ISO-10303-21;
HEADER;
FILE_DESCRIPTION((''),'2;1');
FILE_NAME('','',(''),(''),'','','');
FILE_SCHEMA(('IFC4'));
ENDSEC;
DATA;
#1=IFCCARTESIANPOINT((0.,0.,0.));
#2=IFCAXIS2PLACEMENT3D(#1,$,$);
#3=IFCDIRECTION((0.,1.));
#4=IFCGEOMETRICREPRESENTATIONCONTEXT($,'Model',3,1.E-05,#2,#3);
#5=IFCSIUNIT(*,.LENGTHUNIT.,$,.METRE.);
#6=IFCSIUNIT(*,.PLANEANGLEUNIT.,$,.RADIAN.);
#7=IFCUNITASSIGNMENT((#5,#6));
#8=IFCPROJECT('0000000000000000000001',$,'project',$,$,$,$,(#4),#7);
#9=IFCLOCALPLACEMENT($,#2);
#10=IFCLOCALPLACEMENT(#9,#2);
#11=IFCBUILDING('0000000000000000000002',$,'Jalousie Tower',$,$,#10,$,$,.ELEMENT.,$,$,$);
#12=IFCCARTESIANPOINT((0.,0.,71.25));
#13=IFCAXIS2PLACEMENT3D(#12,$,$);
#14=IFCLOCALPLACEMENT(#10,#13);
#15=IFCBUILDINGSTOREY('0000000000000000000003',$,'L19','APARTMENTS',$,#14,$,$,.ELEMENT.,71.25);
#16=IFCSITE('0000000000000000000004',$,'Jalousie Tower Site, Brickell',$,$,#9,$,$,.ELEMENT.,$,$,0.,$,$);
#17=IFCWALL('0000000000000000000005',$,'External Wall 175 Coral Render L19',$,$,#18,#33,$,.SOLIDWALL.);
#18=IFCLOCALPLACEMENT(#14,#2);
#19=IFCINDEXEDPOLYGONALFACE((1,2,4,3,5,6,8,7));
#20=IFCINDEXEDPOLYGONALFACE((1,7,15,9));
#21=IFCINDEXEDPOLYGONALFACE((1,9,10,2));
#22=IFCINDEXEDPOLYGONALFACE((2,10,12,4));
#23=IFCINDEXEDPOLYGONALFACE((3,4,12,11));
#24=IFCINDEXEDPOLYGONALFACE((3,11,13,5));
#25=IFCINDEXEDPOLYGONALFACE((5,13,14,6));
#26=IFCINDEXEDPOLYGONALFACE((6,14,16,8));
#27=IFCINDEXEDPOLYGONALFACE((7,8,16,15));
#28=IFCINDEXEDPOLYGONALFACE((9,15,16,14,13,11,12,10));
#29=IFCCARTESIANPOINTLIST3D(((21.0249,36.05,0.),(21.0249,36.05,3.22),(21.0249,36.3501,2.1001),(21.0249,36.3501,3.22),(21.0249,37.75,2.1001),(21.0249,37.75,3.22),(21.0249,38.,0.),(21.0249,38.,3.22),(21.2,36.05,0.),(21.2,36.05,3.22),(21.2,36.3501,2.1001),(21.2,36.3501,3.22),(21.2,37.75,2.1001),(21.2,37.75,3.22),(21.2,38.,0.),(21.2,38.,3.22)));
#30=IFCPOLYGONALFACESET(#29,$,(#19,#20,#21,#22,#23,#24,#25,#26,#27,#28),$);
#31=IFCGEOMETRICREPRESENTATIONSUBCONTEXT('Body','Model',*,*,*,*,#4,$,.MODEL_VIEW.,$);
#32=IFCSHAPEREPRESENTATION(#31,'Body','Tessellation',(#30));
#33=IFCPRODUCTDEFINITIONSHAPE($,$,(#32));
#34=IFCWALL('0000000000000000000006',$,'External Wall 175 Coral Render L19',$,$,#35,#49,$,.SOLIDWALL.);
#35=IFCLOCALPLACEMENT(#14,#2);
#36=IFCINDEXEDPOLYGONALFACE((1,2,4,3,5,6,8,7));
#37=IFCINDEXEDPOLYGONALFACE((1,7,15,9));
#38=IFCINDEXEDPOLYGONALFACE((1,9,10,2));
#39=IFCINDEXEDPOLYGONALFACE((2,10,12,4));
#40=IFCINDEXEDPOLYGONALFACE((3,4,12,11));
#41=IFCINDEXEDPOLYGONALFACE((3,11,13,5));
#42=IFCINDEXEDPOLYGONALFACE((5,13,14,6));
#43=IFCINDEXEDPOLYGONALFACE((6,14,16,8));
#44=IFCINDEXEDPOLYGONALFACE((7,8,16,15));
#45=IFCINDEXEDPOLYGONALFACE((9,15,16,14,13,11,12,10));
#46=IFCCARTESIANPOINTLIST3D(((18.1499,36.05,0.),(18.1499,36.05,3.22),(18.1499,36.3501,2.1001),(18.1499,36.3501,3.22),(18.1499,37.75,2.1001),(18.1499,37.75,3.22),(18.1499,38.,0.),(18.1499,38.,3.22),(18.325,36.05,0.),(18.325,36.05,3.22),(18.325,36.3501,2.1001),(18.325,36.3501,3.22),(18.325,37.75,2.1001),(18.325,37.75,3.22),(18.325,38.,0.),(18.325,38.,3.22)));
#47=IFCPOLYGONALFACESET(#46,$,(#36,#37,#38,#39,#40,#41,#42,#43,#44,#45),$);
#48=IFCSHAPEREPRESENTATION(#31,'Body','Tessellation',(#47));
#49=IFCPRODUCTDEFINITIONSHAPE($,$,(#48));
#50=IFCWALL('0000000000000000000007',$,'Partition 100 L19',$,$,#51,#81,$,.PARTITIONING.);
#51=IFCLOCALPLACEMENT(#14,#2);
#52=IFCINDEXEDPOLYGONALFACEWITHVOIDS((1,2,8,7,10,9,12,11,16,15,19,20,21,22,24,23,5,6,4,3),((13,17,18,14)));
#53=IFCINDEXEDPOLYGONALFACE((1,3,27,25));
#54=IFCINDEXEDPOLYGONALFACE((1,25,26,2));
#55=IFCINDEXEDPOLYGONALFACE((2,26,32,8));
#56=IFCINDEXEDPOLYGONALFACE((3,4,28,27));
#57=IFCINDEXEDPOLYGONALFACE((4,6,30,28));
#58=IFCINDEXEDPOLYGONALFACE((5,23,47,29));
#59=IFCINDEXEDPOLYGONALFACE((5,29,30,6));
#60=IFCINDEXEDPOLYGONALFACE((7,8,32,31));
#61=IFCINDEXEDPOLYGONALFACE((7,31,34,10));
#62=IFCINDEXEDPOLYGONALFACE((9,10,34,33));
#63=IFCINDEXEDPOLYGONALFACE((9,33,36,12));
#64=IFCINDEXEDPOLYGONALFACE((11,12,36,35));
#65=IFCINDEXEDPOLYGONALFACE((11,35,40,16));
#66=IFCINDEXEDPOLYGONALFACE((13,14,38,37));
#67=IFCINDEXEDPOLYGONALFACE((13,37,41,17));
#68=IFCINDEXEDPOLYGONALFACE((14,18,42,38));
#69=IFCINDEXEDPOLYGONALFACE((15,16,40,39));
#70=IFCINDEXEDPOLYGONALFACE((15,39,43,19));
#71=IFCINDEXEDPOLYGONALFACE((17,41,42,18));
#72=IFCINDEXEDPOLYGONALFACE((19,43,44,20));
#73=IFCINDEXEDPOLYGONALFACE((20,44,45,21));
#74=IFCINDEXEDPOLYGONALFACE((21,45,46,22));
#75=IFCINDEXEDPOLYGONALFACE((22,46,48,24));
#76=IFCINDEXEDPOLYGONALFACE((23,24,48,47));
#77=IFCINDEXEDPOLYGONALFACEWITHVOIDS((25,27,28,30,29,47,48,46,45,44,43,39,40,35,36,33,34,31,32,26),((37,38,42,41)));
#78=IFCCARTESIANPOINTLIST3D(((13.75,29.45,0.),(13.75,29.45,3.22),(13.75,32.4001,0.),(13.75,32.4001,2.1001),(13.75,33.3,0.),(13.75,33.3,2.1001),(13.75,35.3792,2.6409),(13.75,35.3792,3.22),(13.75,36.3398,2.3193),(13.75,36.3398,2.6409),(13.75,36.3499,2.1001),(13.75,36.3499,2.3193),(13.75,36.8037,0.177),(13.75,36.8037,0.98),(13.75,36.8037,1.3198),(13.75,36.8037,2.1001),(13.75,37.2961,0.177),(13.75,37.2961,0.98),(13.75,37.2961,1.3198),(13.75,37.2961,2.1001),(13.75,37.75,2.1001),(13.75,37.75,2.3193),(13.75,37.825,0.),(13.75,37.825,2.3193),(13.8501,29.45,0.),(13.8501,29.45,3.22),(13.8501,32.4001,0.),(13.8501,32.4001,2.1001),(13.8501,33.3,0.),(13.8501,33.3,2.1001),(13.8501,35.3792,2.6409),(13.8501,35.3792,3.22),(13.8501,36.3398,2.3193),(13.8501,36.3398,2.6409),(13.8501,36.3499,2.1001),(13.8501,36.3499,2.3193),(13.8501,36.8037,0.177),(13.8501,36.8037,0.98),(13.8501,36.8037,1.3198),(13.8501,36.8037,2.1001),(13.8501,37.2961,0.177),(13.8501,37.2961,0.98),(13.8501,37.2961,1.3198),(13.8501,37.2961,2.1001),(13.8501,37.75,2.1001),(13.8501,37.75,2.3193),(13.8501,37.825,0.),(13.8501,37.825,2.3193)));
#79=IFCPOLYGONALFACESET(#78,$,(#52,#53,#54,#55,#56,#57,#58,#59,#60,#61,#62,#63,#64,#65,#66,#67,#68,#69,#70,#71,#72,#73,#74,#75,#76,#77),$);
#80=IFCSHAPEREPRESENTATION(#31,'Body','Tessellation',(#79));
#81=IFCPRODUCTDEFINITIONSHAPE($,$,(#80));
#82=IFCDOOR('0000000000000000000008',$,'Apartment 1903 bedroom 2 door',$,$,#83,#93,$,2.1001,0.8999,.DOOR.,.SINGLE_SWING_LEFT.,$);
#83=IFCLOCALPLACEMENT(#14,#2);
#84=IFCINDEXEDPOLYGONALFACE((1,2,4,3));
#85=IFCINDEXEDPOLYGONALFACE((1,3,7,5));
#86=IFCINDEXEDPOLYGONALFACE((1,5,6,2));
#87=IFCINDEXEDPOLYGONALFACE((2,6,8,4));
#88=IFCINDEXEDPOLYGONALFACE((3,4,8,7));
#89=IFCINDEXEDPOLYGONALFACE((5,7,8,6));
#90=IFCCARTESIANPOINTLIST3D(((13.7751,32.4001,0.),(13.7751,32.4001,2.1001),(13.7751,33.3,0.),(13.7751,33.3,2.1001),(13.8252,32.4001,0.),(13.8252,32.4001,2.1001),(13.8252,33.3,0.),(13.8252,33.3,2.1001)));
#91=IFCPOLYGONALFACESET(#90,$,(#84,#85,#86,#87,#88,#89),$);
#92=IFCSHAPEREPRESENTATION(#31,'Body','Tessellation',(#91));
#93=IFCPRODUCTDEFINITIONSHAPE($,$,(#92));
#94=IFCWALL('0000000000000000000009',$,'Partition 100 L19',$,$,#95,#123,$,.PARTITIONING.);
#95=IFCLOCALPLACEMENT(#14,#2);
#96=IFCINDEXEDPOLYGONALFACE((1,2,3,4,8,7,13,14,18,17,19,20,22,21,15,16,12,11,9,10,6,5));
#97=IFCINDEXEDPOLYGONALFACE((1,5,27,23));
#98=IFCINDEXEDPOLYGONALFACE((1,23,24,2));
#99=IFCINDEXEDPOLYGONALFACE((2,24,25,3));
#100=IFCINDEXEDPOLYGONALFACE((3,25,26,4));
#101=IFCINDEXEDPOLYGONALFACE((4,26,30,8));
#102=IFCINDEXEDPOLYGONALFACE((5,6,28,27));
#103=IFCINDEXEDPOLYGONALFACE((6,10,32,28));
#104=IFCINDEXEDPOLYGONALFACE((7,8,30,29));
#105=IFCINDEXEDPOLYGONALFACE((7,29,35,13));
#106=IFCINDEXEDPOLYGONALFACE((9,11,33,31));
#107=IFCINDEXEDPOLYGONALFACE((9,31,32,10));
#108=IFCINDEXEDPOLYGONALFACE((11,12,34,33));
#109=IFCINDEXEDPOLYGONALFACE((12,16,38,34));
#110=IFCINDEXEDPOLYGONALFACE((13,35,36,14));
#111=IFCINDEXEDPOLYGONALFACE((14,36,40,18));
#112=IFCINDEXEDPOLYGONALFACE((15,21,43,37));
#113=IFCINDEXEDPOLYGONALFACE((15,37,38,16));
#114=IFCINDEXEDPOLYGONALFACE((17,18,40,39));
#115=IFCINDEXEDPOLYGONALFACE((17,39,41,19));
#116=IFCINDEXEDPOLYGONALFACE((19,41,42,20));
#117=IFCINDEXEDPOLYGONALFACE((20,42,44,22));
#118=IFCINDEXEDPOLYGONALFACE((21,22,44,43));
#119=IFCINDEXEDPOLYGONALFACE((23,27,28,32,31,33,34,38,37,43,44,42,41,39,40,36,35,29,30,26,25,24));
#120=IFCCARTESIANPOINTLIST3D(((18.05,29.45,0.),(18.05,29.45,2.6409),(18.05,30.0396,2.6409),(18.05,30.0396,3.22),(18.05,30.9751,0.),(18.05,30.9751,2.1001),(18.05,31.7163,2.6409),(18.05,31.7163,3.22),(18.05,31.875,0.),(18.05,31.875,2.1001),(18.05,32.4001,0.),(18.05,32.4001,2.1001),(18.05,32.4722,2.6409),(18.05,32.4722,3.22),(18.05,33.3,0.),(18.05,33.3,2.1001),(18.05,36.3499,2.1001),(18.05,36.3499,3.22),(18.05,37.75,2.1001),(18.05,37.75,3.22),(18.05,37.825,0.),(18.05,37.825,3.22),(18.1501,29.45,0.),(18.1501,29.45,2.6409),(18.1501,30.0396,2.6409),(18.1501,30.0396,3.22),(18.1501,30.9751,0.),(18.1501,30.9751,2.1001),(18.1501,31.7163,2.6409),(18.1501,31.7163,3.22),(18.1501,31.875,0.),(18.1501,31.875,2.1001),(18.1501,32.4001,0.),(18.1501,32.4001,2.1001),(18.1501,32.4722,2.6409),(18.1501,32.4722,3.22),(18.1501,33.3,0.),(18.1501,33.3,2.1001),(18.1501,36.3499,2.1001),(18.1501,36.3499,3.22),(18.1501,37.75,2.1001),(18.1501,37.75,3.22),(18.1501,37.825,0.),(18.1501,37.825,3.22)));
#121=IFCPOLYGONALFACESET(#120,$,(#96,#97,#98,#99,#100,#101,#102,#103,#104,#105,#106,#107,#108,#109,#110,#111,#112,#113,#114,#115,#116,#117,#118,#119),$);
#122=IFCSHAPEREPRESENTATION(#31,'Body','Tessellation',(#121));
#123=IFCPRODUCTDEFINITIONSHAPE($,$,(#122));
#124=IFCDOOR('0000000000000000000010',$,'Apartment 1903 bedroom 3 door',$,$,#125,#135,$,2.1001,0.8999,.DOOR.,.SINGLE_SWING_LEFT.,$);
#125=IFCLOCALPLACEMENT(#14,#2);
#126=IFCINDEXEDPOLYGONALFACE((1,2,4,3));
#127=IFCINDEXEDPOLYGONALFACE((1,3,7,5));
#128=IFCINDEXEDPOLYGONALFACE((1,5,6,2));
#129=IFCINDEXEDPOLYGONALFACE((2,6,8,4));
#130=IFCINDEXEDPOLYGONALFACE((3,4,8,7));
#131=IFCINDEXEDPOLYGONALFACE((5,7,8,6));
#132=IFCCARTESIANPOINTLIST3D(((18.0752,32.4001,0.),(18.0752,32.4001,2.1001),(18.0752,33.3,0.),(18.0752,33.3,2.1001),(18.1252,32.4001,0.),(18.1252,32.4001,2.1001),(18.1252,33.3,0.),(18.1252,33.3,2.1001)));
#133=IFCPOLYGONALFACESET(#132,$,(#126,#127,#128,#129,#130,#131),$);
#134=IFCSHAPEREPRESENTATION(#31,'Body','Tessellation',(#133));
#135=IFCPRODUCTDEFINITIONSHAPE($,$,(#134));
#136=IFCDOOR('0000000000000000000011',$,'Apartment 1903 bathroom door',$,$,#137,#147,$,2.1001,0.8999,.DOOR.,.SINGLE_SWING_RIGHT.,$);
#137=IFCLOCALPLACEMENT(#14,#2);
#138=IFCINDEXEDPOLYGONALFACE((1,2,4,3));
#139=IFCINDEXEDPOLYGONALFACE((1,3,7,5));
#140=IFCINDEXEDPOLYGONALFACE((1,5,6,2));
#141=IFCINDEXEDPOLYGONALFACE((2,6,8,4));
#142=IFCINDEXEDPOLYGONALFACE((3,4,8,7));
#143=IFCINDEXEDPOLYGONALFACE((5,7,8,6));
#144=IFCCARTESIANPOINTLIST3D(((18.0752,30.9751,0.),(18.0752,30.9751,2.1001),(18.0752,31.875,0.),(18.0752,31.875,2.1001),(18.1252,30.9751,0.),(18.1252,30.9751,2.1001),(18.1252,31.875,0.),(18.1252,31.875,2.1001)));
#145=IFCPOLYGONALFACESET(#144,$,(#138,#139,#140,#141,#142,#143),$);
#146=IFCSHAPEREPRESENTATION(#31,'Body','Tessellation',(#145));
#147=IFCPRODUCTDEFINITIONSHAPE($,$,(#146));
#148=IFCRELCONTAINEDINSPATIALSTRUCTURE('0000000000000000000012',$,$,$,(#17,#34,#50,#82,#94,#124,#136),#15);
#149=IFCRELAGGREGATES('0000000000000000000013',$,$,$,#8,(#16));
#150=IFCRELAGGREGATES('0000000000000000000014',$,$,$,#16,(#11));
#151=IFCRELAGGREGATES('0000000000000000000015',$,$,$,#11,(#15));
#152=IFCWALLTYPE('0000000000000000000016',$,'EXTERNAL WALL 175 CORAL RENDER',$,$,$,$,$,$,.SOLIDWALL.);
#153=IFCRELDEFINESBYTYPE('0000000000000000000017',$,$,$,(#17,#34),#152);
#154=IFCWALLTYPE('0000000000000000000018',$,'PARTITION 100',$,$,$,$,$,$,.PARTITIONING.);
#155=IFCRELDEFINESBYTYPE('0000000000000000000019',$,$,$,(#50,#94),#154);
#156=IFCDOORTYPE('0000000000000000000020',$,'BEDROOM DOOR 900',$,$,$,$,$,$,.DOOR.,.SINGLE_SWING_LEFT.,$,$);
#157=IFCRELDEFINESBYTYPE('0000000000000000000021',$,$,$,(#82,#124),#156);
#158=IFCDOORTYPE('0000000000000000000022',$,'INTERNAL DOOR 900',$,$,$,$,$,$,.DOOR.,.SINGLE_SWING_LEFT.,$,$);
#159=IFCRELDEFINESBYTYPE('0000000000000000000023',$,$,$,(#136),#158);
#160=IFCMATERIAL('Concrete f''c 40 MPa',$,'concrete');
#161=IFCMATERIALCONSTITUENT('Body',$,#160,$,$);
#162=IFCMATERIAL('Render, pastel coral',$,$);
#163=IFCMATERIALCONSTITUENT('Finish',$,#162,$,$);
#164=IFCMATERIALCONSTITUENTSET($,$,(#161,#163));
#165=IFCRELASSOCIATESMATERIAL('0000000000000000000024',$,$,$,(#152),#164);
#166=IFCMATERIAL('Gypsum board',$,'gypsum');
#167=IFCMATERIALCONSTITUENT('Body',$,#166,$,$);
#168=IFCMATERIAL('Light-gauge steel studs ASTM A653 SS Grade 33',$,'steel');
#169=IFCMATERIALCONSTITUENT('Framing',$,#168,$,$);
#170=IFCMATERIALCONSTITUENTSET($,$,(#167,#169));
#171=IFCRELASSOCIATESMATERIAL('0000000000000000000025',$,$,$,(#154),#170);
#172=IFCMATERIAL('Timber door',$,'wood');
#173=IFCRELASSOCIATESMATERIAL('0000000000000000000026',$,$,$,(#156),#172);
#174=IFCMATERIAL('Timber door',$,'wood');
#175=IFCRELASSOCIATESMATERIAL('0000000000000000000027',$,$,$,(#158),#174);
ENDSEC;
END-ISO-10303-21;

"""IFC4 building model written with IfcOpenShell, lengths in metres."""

from ifc_helpers import new_model, si_unit, direction, frame, frame_2d, origin, place, context, subcontext, project, spatial, polyline, rectangle, outline, extrude, material, constituent, constituent_set, type_object, element, fill, save


model = new_model("IFC4")

# Units and contexts
model_context = context("Model", 3, precision=1e-05, world=origin(), true_north=direction((0.0, 1.0)))
body_context = subcontext(model_context, "Body", "Model", "MODEL_VIEW")
ifc_project = project(units=[si_unit("LENGTHUNIT", "METRE"), si_unit("PLANEANGLEUNIT", "RADIAN")], contexts=[model_context])

# Site, building, storey
site_placement = place(None, origin())
site = spatial("IfcSite", under=ifc_project, at=site_placement, Name="Jalousie Tower Site, Brickell", CompositionType="ELEMENT", RefElevation=0.0)
building_placement = place(site_placement, origin())
building = spatial("IfcBuilding", under=site, at=building_placement, Name="Jalousie Tower", CompositionType="ELEMENT")
storey_placement = place(building_placement, frame((0.0, 0.0, 71.25)))
storey = spatial("IfcBuildingStorey", under=building, at=storey_placement, Name="L19", Description="APARTMENTS", CompositionType="ELEMENT", Elevation=71.25)

# Shared definitions
ifc_material_1 = material(Name="Concrete f'c 40 MPa", Category="concrete")
ifc_constituent_1 = constituent(ifc_material_1, Name="Body")
ifc_material_2 = material(Name="Render, pastel coral")
ifc_constituent_2 = constituent(ifc_material_2, Name="Finish")
ifc_constituent_set_1 = constituent_set(constituents=[ifc_constituent_1, ifc_constituent_2])
wall_type_1 = type_object("IfcWallType", Name="EXTERNAL WALL 175 CORAL RENDER", PredefinedType="SOLIDWALL", material=ifc_constituent_set_1)

# Walls
for number, where, z_axis, x_axis, name in (
    (1, (21.1125, 38.0, 0.0), (0.0, 0.0, 1.0), (0.0, -1.0, 0.0), "External Wall 175 Coral Render L19"),
    (2, (18.2375, 38.0, 0.0), (0.0, 0.0, 1.0), (0.0, -1.0, 0.0), "External Wall 175 Coral Render L19"),
):
    element("IfcWall", number, at=place(storey_placement, frame(where, z_axis=z_axis, x_axis=x_axis)), inside=storey, type_object=wall_type_1, Name=name, PredefinedType="SOLIDWALL", context=body_context, shape_type="SweptSolid", body=[
        extrude(outline(polyline([(0.0, 0.0), (1.95, 0.0), (1.95, 3.22), (1.6499, 3.22), (1.6499, 2.1001), (0.25, 2.1001), (0.25, 3.22), (0.0, 3.22), (0.0, 0.0)])), frame((0.0, 0.0874, 0.0), z_axis=(0.0, -1.0, 0.0), x_axis=(1.0, 0.0, 0.0)), (0.0, 0.0, 1.0), 0.175),
    ])

# Wall, opening, door
ifc_material_3 = material(Name="Gypsum board", Category="gypsum")
ifc_constituent_3 = constituent(ifc_material_3, Name="Body")
ifc_material_4 = material(Name="Light-gauge steel studs ASTM A653 SS Grade 33", Category="steel")
ifc_constituent_4 = constituent(ifc_material_4, Name="Framing")
ifc_constituent_set_2 = constituent_set(constituents=[ifc_constituent_3, ifc_constituent_4])
wall_type_2 = type_object("IfcWallType", Name="PARTITION 100", PredefinedType="PARTITIONING", material=ifc_constituent_set_2)
wall_1_placement = place(storey_placement, frame((13.8, 37.825, 0.0), z_axis=(0.0, 0.0, 1.0), x_axis=(0.0, -1.0, 0.0)))
wall_1 = element("IfcWall", 3, at=wall_1_placement, inside=storey, type_object=wall_type_2, Name="Partition 100 L19", PredefinedType="PARTITIONING", context=body_context, shape_type="SweptSolid", body=[
    extrude(outline(polyline([(8.375, 0.0), (8.375, 3.22), (2.4458, 3.22), (2.4458, 2.6409), (1.4851, 2.6409), (1.4851, 2.3193), (1.4751, 2.3193), (1.4751, 2.1001), (1.0212, 2.1001), (1.0212, 1.3198), (0.5288, 1.3198), (0.5288, 2.1001), (0.075, 2.1001), (0.075, 2.3193), (0.0, 2.3193), (0.0, 0.0), (8.375, 0.0)]), holes=[polyline([(0.5288, 0.177), (0.5288, 0.98), (1.0212, 0.98), (1.0212, 0.177), (0.5288, 0.177)])]), frame((0.0, 0.05, 0.0), z_axis=(0.0, -1.0, 0.0), x_axis=(1.0, 0.0, 0.0)), (0.0, 0.0, 1.0), 0.1001),
])
opening_1_placement = place(wall_1_placement, frame((4.5249, 0.0, 0.0)))
opening_1 = element("IfcOpeningElement", 4, at=opening_1_placement, cuts=wall_1, PredefinedType="OPENING", context=body_context, shape_type="SweptSolid", body=[
    extrude(rectangle(XDim=0.8999, YDim=2.1001, at=frame_2d((0.45, 1.05))), frame((0.0, 0.0601, 0.0), z_axis=(0.0, -1.0, 0.0), x_axis=(1.0, 0.0, 0.0)), (0.0, 0.0, 1.0), 0.1201),
])
ifc_material_5 = material(Name="Timber door", Category="wood")
door_type_1 = type_object("IfcDoorType", Name="BEDROOM DOOR 900", OperationType="SINGLE_SWING_LEFT", PredefinedType="DOOR", material=ifc_material_5)
door_1_placement = place(opening_1_placement, frame((0.8999, 0.0, 0.0), z_axis=(0.0, 0.0, 1.0), x_axis=(-1.0, 0.0, 0.0)))
door_1 = element("IfcDoor", 5, at=door_1_placement, inside=storey, type_object=door_type_1, Name="Apartment 1903 bedroom 2 door", OperationType="SINGLE_SWING_LEFT", OverallHeight=2.1001, OverallWidth=0.8999, PredefinedType="DOOR", context=body_context, shape_type="SweptSolid", body=[
    extrude(rectangle(XDim=0.8999, YDim=2.1001, at=frame_2d((0.45, 1.05))), frame((0.0, 0.0249, 0.0), z_axis=(0.0, -1.0, 0.0), x_axis=(1.0, 0.0, 0.0)), (0.0, 0.0, 1.0), 0.05),
])
fill(opening_1, door_1)

# Wall, openings, doors
wall_2_placement = place(storey_placement, frame((18.1001, 37.825, 0.0), z_axis=(0.0, 0.0, 1.0), x_axis=(0.0, -1.0, 0.0)))
wall_2 = element("IfcWall", 6, at=wall_2_placement, inside=storey, type_object=wall_type_2, Name="Partition 100 L19", PredefinedType="PARTITIONING", context=body_context, shape_type="SweptSolid", body=[
    extrude(outline(polyline([(0.0, 0.0), (8.375, 0.0), (8.375, 2.6409), (7.7854, 2.6409), (7.7854, 3.22), (6.1086, 3.22), (6.1086, 2.6409), (5.3528, 2.6409), (5.3528, 3.22), (1.4751, 3.22), (1.4751, 2.1001), (0.075, 2.1001), (0.075, 3.22), (0.0, 3.22), (0.0, 0.0)])), frame((0.0, 0.05, 0.0), z_axis=(0.0, -1.0, 0.0), x_axis=(1.0, 0.0, 0.0)), (0.0, 0.0, 1.0), 0.1001),
])
opening_2_placement = place(wall_2_placement, frame((4.5249, 0.0, 0.0)))
opening_2 = element("IfcOpeningElement", 7, at=opening_2_placement, cuts=wall_2, PredefinedType="OPENING", context=body_context, shape_type="SweptSolid", body=[
    extrude(rectangle(XDim=0.8999, YDim=2.1001, at=frame_2d((0.45, 1.05))), frame((0.0, 0.0601, 0.0), z_axis=(0.0, -1.0, 0.0), x_axis=(1.0, 0.0, 0.0)), (0.0, 0.0, 1.0), 0.1201),
])
opening_3_placement = place(wall_2_placement, frame((5.95, 0.0, 0.0)))
opening_3 = element("IfcOpeningElement", 8, at=opening_3_placement, cuts=wall_2, PredefinedType="OPENING", context=body_context, shape_type="SweptSolid", body=[
    extrude(rectangle(XDim=0.8999, YDim=2.1001, at=frame_2d((0.45, 1.05))), frame((0.0, 0.0601, 0.0), z_axis=(0.0, -1.0, 0.0), x_axis=(1.0, 0.0, 0.0)), (0.0, 0.0, 1.0), 0.1201),
])
door_2_placement = place(opening_2_placement, frame((0.8999, 0.0, 0.0), z_axis=(0.0, 0.0, 1.0), x_axis=(-1.0, 0.0, 0.0)))
door_2 = element("IfcDoor", 9, at=door_2_placement, inside=storey, type_object=door_type_1, Name="Apartment 1903 bedroom 3 door", OperationType="SINGLE_SWING_LEFT", OverallHeight=2.1001, OverallWidth=0.8999, PredefinedType="DOOR", context=body_context, shape_type="SweptSolid", body=[
    extrude(rectangle(XDim=0.8999, YDim=2.1001, at=frame_2d((0.45, 1.05))), frame((0.0, 0.0249, 0.0), z_axis=(0.0, -1.0, 0.0), x_axis=(1.0, 0.0, 0.0)), (0.0, 0.0, 1.0), 0.05),
])
fill(opening_2, door_2)
ifc_material_6 = material(Name="Timber door", Category="wood")
door_type_2 = type_object("IfcDoorType", Name="INTERNAL DOOR 900", OperationType="SINGLE_SWING_LEFT", PredefinedType="DOOR", material=ifc_material_6)
door_3_placement = place(opening_3_placement, frame((0.8999, 0.0, 0.0), z_axis=(0.0, 0.0, 1.0), x_axis=(-1.0, 0.0, 0.0)))
door_3 = element("IfcDoor", 10, at=door_3_placement, inside=storey, type_object=door_type_2, Name="Apartment 1903 bathroom door", OperationType="SINGLE_SWING_RIGHT", OverallHeight=2.1001, OverallWidth=0.8999, PredefinedType="DOOR", context=body_context, shape_type="SweptSolid", body=[
    extrude(rectangle(XDim=0.8999, YDim=2.1001, at=frame_2d((0.45, 1.05))), frame((0.0, 0.0249, 0.0), z_axis=(0.0, -1.0, 0.0), x_axis=(1.0, 0.0, 0.0)), (0.0, 0.0, 1.0), 0.05),
])
fill(opening_3, door_3)

save(model, "model.ifc")
